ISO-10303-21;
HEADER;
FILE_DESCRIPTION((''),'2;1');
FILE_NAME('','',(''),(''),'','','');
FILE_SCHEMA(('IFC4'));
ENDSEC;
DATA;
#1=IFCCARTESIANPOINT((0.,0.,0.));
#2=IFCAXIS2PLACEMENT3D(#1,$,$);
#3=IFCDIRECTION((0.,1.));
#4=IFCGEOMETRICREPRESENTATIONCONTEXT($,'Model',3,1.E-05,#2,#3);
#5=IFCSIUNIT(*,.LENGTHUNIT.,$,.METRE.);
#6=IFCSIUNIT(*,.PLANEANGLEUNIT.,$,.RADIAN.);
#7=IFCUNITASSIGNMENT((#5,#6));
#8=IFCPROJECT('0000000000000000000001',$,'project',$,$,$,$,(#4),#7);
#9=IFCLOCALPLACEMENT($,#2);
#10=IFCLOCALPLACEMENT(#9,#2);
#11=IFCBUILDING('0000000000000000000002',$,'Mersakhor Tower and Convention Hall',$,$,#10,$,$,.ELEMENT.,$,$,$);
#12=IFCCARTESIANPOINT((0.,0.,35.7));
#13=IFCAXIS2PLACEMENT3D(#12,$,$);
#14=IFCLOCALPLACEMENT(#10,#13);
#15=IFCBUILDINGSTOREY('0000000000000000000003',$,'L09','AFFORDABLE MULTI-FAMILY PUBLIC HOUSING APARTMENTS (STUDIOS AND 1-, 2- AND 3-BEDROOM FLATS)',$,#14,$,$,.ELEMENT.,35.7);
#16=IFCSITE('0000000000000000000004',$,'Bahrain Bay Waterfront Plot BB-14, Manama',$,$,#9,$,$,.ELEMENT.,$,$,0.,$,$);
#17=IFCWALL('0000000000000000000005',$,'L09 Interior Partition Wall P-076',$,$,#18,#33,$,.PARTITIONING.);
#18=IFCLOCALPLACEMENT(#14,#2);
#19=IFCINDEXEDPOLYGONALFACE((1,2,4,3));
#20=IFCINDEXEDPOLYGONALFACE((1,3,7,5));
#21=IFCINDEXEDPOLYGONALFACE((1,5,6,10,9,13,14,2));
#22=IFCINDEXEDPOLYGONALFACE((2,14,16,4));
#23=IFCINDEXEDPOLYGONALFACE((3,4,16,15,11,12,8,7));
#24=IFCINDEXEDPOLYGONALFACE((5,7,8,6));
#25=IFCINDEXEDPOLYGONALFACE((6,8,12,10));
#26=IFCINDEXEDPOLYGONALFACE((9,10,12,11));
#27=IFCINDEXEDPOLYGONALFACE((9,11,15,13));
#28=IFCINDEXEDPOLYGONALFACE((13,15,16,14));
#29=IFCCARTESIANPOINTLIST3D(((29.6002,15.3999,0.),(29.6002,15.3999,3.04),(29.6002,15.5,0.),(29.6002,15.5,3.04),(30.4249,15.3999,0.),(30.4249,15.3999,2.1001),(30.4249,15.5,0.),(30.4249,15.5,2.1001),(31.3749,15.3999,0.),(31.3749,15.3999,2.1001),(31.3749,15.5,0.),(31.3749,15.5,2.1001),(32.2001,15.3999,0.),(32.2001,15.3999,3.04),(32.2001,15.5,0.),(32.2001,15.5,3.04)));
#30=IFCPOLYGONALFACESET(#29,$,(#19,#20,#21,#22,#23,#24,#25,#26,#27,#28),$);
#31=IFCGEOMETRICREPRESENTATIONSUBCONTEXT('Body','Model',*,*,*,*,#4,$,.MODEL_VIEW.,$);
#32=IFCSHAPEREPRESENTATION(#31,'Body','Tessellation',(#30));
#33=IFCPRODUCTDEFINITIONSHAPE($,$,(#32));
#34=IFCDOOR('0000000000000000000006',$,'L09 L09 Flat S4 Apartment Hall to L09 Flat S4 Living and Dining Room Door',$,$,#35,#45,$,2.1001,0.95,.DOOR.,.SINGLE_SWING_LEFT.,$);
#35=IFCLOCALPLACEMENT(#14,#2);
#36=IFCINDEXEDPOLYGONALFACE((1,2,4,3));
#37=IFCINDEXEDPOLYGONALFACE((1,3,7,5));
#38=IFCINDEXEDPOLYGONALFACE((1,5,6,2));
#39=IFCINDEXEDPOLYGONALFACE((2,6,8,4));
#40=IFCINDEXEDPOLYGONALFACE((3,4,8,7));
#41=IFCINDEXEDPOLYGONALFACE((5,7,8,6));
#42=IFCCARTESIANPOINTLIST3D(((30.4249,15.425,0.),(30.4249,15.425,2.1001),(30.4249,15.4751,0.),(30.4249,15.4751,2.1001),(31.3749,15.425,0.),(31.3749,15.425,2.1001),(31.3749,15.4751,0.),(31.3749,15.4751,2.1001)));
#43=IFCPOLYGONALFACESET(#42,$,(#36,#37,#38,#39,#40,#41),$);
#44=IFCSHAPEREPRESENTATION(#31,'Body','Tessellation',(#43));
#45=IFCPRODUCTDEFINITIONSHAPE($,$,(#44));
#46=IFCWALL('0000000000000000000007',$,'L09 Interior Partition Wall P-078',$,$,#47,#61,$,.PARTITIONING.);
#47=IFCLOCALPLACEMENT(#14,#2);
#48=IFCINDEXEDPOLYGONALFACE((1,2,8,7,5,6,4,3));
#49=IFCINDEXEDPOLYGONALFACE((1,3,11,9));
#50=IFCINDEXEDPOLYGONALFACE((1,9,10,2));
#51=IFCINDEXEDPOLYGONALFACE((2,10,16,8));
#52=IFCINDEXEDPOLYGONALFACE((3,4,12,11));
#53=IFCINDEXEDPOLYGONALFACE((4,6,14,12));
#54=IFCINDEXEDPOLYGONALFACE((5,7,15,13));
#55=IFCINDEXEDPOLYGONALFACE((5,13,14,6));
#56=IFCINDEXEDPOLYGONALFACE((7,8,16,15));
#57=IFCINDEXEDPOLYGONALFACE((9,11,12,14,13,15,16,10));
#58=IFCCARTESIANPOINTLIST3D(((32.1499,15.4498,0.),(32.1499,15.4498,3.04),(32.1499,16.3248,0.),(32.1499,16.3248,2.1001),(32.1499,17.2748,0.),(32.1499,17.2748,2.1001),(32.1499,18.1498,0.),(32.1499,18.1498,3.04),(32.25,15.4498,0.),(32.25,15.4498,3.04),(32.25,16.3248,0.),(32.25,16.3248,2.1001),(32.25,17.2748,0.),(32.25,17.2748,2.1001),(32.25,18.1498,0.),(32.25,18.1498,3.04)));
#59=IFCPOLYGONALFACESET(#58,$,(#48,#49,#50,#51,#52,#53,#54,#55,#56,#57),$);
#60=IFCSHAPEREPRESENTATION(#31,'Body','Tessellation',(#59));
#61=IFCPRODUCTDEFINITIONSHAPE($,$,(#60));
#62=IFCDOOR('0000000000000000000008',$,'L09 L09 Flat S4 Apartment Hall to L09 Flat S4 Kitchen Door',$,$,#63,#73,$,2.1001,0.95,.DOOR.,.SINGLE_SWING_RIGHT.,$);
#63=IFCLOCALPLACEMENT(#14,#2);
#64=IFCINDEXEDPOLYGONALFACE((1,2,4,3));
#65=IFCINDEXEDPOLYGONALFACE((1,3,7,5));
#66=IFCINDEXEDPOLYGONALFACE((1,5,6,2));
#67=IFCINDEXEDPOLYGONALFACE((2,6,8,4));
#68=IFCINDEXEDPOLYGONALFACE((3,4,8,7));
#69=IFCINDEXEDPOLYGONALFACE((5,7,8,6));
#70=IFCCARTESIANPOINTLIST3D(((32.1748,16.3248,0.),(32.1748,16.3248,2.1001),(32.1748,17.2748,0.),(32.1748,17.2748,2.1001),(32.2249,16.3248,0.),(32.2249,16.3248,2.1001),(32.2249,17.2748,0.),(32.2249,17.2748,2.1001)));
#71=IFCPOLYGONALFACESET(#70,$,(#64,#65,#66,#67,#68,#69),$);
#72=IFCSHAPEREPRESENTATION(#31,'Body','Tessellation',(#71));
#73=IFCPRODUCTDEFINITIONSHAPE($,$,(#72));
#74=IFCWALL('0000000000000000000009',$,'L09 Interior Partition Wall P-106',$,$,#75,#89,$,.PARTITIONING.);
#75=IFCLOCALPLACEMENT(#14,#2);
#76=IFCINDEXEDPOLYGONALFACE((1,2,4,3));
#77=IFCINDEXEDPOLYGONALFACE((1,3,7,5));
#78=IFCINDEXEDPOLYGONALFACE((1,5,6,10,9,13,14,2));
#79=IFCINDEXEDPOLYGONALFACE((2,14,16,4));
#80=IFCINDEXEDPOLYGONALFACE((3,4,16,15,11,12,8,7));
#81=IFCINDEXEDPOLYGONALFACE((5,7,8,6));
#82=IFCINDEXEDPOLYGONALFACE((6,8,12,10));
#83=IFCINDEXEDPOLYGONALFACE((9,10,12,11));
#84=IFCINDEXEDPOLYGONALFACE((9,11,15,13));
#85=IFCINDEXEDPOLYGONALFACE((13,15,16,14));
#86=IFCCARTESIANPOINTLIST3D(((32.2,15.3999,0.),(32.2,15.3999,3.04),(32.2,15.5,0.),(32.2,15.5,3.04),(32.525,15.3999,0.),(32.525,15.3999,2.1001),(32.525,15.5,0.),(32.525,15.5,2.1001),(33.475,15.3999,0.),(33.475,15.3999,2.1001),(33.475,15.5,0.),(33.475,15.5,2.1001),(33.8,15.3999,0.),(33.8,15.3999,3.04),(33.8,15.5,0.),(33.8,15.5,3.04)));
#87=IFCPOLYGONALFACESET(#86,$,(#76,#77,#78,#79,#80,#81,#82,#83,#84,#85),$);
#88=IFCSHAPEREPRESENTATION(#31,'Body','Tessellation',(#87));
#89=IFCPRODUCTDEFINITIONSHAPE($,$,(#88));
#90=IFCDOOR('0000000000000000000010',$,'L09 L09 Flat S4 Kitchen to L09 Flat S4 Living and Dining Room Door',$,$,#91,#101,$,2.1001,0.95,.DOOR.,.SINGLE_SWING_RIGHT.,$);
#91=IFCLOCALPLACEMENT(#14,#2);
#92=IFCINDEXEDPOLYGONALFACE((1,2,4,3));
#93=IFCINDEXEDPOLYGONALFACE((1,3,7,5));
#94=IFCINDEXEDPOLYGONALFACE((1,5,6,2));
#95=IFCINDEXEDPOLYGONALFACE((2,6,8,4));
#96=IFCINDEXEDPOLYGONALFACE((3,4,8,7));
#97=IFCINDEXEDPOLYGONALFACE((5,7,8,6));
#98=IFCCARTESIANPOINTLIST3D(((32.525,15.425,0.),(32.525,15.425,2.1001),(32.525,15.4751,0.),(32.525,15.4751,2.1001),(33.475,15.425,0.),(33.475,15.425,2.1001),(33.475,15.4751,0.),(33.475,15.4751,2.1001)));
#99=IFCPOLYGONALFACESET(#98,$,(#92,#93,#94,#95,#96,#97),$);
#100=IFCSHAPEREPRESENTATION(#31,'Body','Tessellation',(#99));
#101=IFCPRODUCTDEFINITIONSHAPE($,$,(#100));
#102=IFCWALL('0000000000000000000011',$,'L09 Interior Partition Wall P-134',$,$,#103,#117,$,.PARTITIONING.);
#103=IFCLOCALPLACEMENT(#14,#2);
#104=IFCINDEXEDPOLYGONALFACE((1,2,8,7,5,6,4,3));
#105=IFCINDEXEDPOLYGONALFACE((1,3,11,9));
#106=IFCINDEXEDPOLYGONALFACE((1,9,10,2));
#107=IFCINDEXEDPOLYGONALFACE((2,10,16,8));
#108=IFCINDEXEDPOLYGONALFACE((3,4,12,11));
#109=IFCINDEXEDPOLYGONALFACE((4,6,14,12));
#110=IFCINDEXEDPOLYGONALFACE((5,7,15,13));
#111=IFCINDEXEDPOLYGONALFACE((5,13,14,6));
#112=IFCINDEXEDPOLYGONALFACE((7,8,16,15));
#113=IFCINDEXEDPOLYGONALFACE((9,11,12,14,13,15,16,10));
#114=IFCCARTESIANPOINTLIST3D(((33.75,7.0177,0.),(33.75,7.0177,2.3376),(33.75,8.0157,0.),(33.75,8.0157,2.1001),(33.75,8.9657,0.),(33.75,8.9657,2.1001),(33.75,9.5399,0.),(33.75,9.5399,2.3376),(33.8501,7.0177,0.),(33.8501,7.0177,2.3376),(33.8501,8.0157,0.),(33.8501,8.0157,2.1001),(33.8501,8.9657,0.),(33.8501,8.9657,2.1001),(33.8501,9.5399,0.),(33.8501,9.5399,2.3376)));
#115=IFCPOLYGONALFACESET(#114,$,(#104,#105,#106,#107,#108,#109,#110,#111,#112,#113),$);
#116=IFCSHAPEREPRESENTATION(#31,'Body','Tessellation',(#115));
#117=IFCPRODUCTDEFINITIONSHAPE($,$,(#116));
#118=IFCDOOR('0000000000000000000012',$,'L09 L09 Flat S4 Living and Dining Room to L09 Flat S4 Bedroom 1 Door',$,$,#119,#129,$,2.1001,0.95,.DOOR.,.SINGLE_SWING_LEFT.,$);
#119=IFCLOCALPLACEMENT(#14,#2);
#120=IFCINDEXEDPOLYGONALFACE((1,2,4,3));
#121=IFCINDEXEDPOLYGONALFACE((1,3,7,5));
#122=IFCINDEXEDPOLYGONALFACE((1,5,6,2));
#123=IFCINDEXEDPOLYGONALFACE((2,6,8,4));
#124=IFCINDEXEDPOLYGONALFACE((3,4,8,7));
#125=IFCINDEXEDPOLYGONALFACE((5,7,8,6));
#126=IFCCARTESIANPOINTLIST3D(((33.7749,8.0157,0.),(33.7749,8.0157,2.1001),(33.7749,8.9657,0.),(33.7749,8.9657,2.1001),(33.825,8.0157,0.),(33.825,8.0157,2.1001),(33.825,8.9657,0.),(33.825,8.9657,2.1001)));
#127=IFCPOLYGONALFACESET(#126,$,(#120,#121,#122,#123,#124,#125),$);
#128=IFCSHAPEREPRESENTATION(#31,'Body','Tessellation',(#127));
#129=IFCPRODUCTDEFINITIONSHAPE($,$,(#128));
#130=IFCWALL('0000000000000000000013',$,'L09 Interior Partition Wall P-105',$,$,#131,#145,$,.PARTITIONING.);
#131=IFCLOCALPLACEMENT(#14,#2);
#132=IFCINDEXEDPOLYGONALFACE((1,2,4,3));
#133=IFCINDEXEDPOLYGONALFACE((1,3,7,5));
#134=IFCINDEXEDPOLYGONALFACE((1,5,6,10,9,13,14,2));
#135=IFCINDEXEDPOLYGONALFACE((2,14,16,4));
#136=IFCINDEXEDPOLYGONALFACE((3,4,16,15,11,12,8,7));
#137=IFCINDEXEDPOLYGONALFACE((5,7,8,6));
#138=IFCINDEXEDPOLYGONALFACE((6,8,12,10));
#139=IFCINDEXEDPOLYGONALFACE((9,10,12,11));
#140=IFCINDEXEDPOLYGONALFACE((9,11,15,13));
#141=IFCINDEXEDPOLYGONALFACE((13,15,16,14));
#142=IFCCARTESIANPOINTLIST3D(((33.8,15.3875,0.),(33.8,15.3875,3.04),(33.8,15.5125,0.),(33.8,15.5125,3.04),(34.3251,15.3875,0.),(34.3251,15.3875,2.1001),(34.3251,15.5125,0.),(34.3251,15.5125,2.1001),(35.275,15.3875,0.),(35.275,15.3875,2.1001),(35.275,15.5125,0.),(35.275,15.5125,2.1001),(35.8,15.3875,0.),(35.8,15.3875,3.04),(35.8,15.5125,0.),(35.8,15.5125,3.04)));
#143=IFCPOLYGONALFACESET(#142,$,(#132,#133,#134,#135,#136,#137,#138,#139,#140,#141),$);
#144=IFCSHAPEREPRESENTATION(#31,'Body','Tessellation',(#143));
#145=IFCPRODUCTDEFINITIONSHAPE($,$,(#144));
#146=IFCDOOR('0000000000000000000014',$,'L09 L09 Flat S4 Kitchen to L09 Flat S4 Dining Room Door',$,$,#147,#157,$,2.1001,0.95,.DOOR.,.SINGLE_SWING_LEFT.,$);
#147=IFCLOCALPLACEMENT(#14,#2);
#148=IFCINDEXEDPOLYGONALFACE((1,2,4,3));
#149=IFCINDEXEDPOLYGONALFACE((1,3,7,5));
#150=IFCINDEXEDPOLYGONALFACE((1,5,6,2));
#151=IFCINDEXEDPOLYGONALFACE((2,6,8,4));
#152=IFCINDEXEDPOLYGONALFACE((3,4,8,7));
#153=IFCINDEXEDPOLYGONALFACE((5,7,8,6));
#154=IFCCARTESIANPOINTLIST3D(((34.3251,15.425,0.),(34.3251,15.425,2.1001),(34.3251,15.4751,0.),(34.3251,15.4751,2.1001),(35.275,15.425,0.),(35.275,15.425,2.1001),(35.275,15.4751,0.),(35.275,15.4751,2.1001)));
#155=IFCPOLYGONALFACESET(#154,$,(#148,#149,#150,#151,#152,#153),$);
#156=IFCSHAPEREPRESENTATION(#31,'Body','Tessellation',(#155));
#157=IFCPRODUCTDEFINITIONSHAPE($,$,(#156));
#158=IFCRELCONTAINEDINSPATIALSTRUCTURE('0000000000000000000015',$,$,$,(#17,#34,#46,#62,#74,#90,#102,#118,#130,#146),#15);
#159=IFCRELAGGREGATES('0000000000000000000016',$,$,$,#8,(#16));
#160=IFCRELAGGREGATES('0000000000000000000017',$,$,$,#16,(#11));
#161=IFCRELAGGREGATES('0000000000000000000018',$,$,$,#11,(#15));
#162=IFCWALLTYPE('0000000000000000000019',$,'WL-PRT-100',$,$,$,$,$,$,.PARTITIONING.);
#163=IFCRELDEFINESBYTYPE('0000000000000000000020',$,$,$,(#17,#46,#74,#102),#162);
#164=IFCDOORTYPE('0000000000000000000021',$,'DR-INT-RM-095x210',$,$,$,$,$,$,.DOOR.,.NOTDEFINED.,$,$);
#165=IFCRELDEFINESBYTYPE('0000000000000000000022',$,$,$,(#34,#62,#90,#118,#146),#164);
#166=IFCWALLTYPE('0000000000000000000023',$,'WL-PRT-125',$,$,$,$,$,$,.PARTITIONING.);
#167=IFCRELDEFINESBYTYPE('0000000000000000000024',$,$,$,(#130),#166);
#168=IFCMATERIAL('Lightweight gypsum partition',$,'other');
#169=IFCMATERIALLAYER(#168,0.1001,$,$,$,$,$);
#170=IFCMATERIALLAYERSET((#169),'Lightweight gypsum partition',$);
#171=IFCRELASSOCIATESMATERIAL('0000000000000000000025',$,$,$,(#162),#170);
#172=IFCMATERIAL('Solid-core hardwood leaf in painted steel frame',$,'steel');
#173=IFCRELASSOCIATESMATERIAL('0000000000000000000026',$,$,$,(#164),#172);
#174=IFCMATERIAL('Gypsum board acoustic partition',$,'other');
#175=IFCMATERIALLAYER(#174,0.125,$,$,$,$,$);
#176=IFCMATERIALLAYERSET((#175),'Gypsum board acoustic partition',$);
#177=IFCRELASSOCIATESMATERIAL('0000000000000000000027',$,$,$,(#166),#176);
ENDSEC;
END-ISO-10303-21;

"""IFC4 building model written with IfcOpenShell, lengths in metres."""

from ifc_helpers import new_model, si_unit, direction, frame, frame_2d, origin, place, context, subcontext, project, spatial, rectangle, extrude, material, layer, layer_set, type_object, element, fill, save


model = new_model("IFC4")

# Units and contexts
model_context = context("Model", 3, precision=1e-05, world=origin(), true_north=direction((0.0, 1.0)))
body_context = subcontext(model_context, "Body", "Model", "MODEL_VIEW")
ifc_project = project(units=[si_unit("LENGTHUNIT", "METRE"), si_unit("PLANEANGLEUNIT", "RADIAN")], contexts=[model_context])

# Site, building, storey
site_placement = place(None, origin())
site = spatial("IfcSite", under=ifc_project, at=site_placement, Name="Bahrain Bay Waterfront Plot BB-14, Manama", CompositionType="ELEMENT", RefElevation=0.0)
building_placement = place(site_placement, origin())
building = spatial("IfcBuilding", under=site, at=building_placement, Name="Mersakhor Tower and Convention Hall", CompositionType="ELEMENT")
storey_placement = place(building_placement, frame((0.0, 0.0, 35.7)))
storey = spatial("IfcBuildingStorey", under=building, at=storey_placement, Name="L09", Description="AFFORDABLE MULTI-FAMILY PUBLIC HOUSING APARTMENTS (STUDIOS AND 1-, 2- AND 3-BEDROOM FLATS)", CompositionType="ELEMENT", Elevation=35.7)

# Walls, openings, doors
ifc_material_1 = material(Name="Lightweight gypsum partition", Category="other")
ifc_layer_1 = layer(ifc_material_1, 0.1001)
ifc_layer_set_1 = layer_set([ifc_layer_1], Name="Lightweight gypsum partition")
wall_type_1 = type_object("IfcWallType", Name="WL-PRT-100", PredefinedType="PARTITIONING", material=ifc_layer_set_1)
wall_1_placement = place(storey_placement, frame((32.2, 15.45, 0.0), z_axis=(0.0, 0.0, 1.0), x_axis=(-1.0, 0.0, 0.0)))
wall_1 = element("IfcWall", 1, at=wall_1_placement, inside=storey, type_object=wall_type_1, Name="L09 Interior Partition Wall P-076", PredefinedType="PARTITIONING", context=body_context, shape_type="SweptSolid", body=[
    extrude(rectangle(XDim=2.5999, YDim=0.1001, at=frame_2d((1.2998, 0.0))), origin(), (0.0, 0.0, 1.0), 3.04),
])
opening_1_placement = place(wall_1_placement, frame((0.825, 0.0, 0.0)))
opening_1 = element("IfcOpeningElement", 2, at=opening_1_placement, cuts=wall_1, PredefinedType="OPENING", context=body_context, shape_type="SweptSolid", body=[
    extrude(rectangle(XDim=0.95, YDim=2.1001, at=frame_2d((0.4751, 1.05))), frame((0.0, 0.0601, 0.0), z_axis=(0.0, -1.0, 0.0), x_axis=(1.0, 0.0, 0.0)), (0.0, 0.0, 1.0), 0.1201),
])
ifc_material_2 = material(Name="Solid-core hardwood leaf in painted steel frame", Category="steel")
door_type_1 = type_object("IfcDoorType", Name="DR-INT-RM-095x210", OperationType="NOTDEFINED", PredefinedType="DOOR", material=ifc_material_2)
door_1_placement = place(opening_1_placement, origin())
door_1 = element("IfcDoor", 3, at=door_1_placement, inside=storey, type_object=door_type_1, Name="L09 L09 Flat S4 Apartment Hall to L09 Flat S4 Living and Dining Room Door", OperationType="SINGLE_SWING_LEFT", OverallHeight=2.1001, OverallWidth=0.95, PredefinedType="DOOR", context=body_context, shape_type="SweptSolid", body=[
    extrude(rectangle(XDim=0.95, YDim=2.1001, at=frame_2d((0.4751, 1.05))), frame((0.0, 0.0249, 0.0), z_axis=(0.0, -1.0, 0.0), x_axis=(1.0, 0.0, 0.0)), (0.0, 0.0, 1.0), 0.05),
])
fill(opening_1, door_1)
wall_2_placement = place(storey_placement, frame((32.2, 18.1499, 0.0), z_axis=(0.0, 0.0, 1.0), x_axis=(0.0, -1.0, 0.0)))
wall_2 = element("IfcWall", 4, at=wall_2_placement, inside=storey, type_object=wall_type_1, Name="L09 Interior Partition Wall P-078", PredefinedType="PARTITIONING", context=body_context, shape_type="SweptSolid", body=[
    extrude(rectangle(XDim=2.7, YDim=0.1001, at=frame_2d((1.3501, 0.0))), origin(), (0.0, 0.0, 1.0), 3.04),
])
opening_2_placement = place(wall_2_placement, frame((0.875, 0.0, 0.0)))
opening_2 = element("IfcOpeningElement", 5, at=opening_2_placement, cuts=wall_2, PredefinedType="OPENING", context=body_context, shape_type="SweptSolid", body=[
    extrude(rectangle(XDim=0.95, YDim=2.1001, at=frame_2d((0.4751, 1.05))), frame((0.0, 0.0601, 0.0), z_axis=(0.0, -1.0, 0.0), x_axis=(1.0, 0.0, 0.0)), (0.0, 0.0, 1.0), 0.1201),
])
door_2_placement = place(opening_2_placement, origin())
door_2 = element("IfcDoor", 6, at=door_2_placement, inside=storey, type_object=door_type_1, Name="L09 L09 Flat S4 Apartment Hall to L09 Flat S4 Kitchen Door", OperationType="SINGLE_SWING_RIGHT", OverallHeight=2.1001, OverallWidth=0.95, PredefinedType="DOOR", context=body_context, shape_type="SweptSolid", body=[
    extrude(rectangle(XDim=0.95, YDim=2.1001, at=frame_2d((0.4751, 1.05))), frame((0.0, 0.0249, 0.0), z_axis=(0.0, -1.0, 0.0), x_axis=(1.0, 0.0, 0.0)), (0.0, 0.0, 1.0), 0.05),
])
fill(opening_2, door_2)
wall_3_placement = place(storey_placement, frame((33.8, 15.45, 0.0), z_axis=(0.0, 0.0, 1.0), x_axis=(-1.0, 0.0, 0.0)))
wall_3 = element("IfcWall", 7, at=wall_3_placement, inside=storey, type_object=wall_type_1, Name="L09 Interior Partition Wall P-106", PredefinedType="PARTITIONING", context=body_context, shape_type="SweptSolid", body=[
    extrude(rectangle(XDim=1.6001, YDim=0.1001, at=frame_2d((0.8, 0.0))), origin(), (0.0, 0.0, 1.0), 3.04),
])
opening_3_placement = place(wall_3_placement, frame((0.325, 0.0, 0.0)))
opening_3 = element("IfcOpeningElement", 8, at=opening_3_placement, cuts=wall_3, PredefinedType="OPENING", context=body_context, shape_type="SweptSolid", body=[
    extrude(rectangle(XDim=0.95, YDim=2.1001, at=frame_2d((0.4751, 1.05))), frame((0.0, 0.0601, 0.0), z_axis=(0.0, -1.0, 0.0), x_axis=(1.0, 0.0, 0.0)), (0.0, 0.0, 1.0), 0.1201),
])
door_3_placement = place(opening_3_placement, origin())
door_3 = element("IfcDoor", 9, at=door_3_placement, inside=storey, type_object=door_type_1, Name="L09 L09 Flat S4 Kitchen to L09 Flat S4 Living and Dining Room Door", OperationType="SINGLE_SWING_RIGHT", OverallHeight=2.1001, OverallWidth=0.95, PredefinedType="DOOR", context=body_context, shape_type="SweptSolid", body=[
    extrude(rectangle(XDim=0.95, YDim=2.1001, at=frame_2d((0.4751, 1.05))), frame((0.0, 0.0249, 0.0), z_axis=(0.0, -1.0, 0.0), x_axis=(1.0, 0.0, 0.0)), (0.0, 0.0, 1.0), 0.05),
])
fill(opening_3, door_3)
wall_4_placement = place(storey_placement, frame((33.8, 9.54, 0.0), z_axis=(0.0, 0.0, 1.0), x_axis=(0.0, -1.0, 0.0)))
wall_4 = element("IfcWall", 10, at=wall_4_placement, inside=storey, type_object=wall_type_1, Name="L09 Interior Partition Wall P-134", PredefinedType="PARTITIONING", context=body_context, shape_type="SweptSolid", body=[
    extrude(rectangle(XDim=2.5222, YDim=0.1001, at=frame_2d((1.2612, 0.0))), origin(), (0.0, 0.0, 1.0), 2.3376),
])
opening_4_placement = place(wall_4_placement, frame((0.5742, 0.0, 0.0)))
opening_4 = element("IfcOpeningElement", 11, at=opening_4_placement, cuts=wall_4, PredefinedType="OPENING", context=body_context, shape_type="SweptSolid", body=[
    extrude(rectangle(XDim=0.95, YDim=2.1001, at=frame_2d((0.4751, 1.05))), frame((0.0, 0.0601, 0.0), z_axis=(0.0, -1.0, 0.0), x_axis=(1.0, 0.0, 0.0)), (0.0, 0.0, 1.0), 0.1201),
])
door_4_placement = place(opening_4_placement, origin())
door_4 = element("IfcDoor", 12, at=door_4_placement, inside=storey, type_object=door_type_1, Name="L09 L09 Flat S4 Living and Dining Room to L09 Flat S4 Bedroom 1 Door", OperationType="SINGLE_SWING_LEFT", OverallHeight=2.1001, OverallWidth=0.95, PredefinedType="DOOR", context=body_context, shape_type="SweptSolid", body=[
    extrude(rectangle(XDim=0.95, YDim=2.1001, at=frame_2d((0.4751, 1.05))), frame((0.0, 0.0249, 0.0), z_axis=(0.0, -1.0, 0.0), x_axis=(1.0, 0.0, 0.0)), (0.0, 0.0, 1.0), 0.05),
])
fill(opening_4, door_4)
ifc_material_3 = material(Name="Gypsum board acoustic partition", Category="other")
ifc_layer_2 = layer(ifc_material_3, 0.125)
ifc_layer_set_2 = layer_set([ifc_layer_2], Name="Gypsum board acoustic partition")
wall_type_2 = type_object("IfcWallType", Name="WL-PRT-125", PredefinedType="PARTITIONING", material=ifc_layer_set_2)
wall_5_placement = place(storey_placement, frame((35.8, 15.45, 0.0), z_axis=(0.0, 0.0, 1.0), x_axis=(-1.0, 0.0, 0.0)))
wall_5 = element("IfcWall", 13, at=wall_5_placement, inside=storey, type_object=wall_type_2, Name="L09 Interior Partition Wall P-105", PredefinedType="PARTITIONING", context=body_context, shape_type="SweptSolid", body=[
    extrude(rectangle(XDim=2.0, YDim=0.125, at=frame_2d((1.0, 0.0))), origin(), (0.0, 0.0, 1.0), 3.04),
])
opening_5_placement = place(wall_5_placement, frame((0.5249, 0.0, 0.0)))
opening_5 = element("IfcOpeningElement", 14, at=opening_5_placement, cuts=wall_5, PredefinedType="OPENING", context=body_context, shape_type="SweptSolid", body=[
    extrude(rectangle(XDim=0.95, YDim=2.1001, at=frame_2d((0.4751, 1.05))), frame((0.0, 0.0725, 0.0), z_axis=(0.0, -1.0, 0.0), x_axis=(1.0, 0.0, 0.0)), (0.0, 0.0, 1.0), 0.145),
])
door_5_placement = place(opening_5_placement, origin())
door_5 = element("IfcDoor", 15, at=door_5_placement, inside=storey, type_object=door_type_1, Name="L09 L09 Flat S4 Kitchen to L09 Flat S4 Dining Room Door", OperationType="SINGLE_SWING_LEFT", OverallHeight=2.1001, OverallWidth=0.95, PredefinedType="DOOR", context=body_context, shape_type="SweptSolid", body=[
    extrude(rectangle(XDim=0.95, YDim=2.1001, at=frame_2d((0.4751, 1.05))), frame((0.0, 0.0249, 0.0), z_axis=(0.0, -1.0, 0.0), x_axis=(1.0, 0.0, 0.0)), (0.0, 0.0, 1.0), 0.05),
])
fill(opening_5, door_5)

save(model, "model.ifc")
